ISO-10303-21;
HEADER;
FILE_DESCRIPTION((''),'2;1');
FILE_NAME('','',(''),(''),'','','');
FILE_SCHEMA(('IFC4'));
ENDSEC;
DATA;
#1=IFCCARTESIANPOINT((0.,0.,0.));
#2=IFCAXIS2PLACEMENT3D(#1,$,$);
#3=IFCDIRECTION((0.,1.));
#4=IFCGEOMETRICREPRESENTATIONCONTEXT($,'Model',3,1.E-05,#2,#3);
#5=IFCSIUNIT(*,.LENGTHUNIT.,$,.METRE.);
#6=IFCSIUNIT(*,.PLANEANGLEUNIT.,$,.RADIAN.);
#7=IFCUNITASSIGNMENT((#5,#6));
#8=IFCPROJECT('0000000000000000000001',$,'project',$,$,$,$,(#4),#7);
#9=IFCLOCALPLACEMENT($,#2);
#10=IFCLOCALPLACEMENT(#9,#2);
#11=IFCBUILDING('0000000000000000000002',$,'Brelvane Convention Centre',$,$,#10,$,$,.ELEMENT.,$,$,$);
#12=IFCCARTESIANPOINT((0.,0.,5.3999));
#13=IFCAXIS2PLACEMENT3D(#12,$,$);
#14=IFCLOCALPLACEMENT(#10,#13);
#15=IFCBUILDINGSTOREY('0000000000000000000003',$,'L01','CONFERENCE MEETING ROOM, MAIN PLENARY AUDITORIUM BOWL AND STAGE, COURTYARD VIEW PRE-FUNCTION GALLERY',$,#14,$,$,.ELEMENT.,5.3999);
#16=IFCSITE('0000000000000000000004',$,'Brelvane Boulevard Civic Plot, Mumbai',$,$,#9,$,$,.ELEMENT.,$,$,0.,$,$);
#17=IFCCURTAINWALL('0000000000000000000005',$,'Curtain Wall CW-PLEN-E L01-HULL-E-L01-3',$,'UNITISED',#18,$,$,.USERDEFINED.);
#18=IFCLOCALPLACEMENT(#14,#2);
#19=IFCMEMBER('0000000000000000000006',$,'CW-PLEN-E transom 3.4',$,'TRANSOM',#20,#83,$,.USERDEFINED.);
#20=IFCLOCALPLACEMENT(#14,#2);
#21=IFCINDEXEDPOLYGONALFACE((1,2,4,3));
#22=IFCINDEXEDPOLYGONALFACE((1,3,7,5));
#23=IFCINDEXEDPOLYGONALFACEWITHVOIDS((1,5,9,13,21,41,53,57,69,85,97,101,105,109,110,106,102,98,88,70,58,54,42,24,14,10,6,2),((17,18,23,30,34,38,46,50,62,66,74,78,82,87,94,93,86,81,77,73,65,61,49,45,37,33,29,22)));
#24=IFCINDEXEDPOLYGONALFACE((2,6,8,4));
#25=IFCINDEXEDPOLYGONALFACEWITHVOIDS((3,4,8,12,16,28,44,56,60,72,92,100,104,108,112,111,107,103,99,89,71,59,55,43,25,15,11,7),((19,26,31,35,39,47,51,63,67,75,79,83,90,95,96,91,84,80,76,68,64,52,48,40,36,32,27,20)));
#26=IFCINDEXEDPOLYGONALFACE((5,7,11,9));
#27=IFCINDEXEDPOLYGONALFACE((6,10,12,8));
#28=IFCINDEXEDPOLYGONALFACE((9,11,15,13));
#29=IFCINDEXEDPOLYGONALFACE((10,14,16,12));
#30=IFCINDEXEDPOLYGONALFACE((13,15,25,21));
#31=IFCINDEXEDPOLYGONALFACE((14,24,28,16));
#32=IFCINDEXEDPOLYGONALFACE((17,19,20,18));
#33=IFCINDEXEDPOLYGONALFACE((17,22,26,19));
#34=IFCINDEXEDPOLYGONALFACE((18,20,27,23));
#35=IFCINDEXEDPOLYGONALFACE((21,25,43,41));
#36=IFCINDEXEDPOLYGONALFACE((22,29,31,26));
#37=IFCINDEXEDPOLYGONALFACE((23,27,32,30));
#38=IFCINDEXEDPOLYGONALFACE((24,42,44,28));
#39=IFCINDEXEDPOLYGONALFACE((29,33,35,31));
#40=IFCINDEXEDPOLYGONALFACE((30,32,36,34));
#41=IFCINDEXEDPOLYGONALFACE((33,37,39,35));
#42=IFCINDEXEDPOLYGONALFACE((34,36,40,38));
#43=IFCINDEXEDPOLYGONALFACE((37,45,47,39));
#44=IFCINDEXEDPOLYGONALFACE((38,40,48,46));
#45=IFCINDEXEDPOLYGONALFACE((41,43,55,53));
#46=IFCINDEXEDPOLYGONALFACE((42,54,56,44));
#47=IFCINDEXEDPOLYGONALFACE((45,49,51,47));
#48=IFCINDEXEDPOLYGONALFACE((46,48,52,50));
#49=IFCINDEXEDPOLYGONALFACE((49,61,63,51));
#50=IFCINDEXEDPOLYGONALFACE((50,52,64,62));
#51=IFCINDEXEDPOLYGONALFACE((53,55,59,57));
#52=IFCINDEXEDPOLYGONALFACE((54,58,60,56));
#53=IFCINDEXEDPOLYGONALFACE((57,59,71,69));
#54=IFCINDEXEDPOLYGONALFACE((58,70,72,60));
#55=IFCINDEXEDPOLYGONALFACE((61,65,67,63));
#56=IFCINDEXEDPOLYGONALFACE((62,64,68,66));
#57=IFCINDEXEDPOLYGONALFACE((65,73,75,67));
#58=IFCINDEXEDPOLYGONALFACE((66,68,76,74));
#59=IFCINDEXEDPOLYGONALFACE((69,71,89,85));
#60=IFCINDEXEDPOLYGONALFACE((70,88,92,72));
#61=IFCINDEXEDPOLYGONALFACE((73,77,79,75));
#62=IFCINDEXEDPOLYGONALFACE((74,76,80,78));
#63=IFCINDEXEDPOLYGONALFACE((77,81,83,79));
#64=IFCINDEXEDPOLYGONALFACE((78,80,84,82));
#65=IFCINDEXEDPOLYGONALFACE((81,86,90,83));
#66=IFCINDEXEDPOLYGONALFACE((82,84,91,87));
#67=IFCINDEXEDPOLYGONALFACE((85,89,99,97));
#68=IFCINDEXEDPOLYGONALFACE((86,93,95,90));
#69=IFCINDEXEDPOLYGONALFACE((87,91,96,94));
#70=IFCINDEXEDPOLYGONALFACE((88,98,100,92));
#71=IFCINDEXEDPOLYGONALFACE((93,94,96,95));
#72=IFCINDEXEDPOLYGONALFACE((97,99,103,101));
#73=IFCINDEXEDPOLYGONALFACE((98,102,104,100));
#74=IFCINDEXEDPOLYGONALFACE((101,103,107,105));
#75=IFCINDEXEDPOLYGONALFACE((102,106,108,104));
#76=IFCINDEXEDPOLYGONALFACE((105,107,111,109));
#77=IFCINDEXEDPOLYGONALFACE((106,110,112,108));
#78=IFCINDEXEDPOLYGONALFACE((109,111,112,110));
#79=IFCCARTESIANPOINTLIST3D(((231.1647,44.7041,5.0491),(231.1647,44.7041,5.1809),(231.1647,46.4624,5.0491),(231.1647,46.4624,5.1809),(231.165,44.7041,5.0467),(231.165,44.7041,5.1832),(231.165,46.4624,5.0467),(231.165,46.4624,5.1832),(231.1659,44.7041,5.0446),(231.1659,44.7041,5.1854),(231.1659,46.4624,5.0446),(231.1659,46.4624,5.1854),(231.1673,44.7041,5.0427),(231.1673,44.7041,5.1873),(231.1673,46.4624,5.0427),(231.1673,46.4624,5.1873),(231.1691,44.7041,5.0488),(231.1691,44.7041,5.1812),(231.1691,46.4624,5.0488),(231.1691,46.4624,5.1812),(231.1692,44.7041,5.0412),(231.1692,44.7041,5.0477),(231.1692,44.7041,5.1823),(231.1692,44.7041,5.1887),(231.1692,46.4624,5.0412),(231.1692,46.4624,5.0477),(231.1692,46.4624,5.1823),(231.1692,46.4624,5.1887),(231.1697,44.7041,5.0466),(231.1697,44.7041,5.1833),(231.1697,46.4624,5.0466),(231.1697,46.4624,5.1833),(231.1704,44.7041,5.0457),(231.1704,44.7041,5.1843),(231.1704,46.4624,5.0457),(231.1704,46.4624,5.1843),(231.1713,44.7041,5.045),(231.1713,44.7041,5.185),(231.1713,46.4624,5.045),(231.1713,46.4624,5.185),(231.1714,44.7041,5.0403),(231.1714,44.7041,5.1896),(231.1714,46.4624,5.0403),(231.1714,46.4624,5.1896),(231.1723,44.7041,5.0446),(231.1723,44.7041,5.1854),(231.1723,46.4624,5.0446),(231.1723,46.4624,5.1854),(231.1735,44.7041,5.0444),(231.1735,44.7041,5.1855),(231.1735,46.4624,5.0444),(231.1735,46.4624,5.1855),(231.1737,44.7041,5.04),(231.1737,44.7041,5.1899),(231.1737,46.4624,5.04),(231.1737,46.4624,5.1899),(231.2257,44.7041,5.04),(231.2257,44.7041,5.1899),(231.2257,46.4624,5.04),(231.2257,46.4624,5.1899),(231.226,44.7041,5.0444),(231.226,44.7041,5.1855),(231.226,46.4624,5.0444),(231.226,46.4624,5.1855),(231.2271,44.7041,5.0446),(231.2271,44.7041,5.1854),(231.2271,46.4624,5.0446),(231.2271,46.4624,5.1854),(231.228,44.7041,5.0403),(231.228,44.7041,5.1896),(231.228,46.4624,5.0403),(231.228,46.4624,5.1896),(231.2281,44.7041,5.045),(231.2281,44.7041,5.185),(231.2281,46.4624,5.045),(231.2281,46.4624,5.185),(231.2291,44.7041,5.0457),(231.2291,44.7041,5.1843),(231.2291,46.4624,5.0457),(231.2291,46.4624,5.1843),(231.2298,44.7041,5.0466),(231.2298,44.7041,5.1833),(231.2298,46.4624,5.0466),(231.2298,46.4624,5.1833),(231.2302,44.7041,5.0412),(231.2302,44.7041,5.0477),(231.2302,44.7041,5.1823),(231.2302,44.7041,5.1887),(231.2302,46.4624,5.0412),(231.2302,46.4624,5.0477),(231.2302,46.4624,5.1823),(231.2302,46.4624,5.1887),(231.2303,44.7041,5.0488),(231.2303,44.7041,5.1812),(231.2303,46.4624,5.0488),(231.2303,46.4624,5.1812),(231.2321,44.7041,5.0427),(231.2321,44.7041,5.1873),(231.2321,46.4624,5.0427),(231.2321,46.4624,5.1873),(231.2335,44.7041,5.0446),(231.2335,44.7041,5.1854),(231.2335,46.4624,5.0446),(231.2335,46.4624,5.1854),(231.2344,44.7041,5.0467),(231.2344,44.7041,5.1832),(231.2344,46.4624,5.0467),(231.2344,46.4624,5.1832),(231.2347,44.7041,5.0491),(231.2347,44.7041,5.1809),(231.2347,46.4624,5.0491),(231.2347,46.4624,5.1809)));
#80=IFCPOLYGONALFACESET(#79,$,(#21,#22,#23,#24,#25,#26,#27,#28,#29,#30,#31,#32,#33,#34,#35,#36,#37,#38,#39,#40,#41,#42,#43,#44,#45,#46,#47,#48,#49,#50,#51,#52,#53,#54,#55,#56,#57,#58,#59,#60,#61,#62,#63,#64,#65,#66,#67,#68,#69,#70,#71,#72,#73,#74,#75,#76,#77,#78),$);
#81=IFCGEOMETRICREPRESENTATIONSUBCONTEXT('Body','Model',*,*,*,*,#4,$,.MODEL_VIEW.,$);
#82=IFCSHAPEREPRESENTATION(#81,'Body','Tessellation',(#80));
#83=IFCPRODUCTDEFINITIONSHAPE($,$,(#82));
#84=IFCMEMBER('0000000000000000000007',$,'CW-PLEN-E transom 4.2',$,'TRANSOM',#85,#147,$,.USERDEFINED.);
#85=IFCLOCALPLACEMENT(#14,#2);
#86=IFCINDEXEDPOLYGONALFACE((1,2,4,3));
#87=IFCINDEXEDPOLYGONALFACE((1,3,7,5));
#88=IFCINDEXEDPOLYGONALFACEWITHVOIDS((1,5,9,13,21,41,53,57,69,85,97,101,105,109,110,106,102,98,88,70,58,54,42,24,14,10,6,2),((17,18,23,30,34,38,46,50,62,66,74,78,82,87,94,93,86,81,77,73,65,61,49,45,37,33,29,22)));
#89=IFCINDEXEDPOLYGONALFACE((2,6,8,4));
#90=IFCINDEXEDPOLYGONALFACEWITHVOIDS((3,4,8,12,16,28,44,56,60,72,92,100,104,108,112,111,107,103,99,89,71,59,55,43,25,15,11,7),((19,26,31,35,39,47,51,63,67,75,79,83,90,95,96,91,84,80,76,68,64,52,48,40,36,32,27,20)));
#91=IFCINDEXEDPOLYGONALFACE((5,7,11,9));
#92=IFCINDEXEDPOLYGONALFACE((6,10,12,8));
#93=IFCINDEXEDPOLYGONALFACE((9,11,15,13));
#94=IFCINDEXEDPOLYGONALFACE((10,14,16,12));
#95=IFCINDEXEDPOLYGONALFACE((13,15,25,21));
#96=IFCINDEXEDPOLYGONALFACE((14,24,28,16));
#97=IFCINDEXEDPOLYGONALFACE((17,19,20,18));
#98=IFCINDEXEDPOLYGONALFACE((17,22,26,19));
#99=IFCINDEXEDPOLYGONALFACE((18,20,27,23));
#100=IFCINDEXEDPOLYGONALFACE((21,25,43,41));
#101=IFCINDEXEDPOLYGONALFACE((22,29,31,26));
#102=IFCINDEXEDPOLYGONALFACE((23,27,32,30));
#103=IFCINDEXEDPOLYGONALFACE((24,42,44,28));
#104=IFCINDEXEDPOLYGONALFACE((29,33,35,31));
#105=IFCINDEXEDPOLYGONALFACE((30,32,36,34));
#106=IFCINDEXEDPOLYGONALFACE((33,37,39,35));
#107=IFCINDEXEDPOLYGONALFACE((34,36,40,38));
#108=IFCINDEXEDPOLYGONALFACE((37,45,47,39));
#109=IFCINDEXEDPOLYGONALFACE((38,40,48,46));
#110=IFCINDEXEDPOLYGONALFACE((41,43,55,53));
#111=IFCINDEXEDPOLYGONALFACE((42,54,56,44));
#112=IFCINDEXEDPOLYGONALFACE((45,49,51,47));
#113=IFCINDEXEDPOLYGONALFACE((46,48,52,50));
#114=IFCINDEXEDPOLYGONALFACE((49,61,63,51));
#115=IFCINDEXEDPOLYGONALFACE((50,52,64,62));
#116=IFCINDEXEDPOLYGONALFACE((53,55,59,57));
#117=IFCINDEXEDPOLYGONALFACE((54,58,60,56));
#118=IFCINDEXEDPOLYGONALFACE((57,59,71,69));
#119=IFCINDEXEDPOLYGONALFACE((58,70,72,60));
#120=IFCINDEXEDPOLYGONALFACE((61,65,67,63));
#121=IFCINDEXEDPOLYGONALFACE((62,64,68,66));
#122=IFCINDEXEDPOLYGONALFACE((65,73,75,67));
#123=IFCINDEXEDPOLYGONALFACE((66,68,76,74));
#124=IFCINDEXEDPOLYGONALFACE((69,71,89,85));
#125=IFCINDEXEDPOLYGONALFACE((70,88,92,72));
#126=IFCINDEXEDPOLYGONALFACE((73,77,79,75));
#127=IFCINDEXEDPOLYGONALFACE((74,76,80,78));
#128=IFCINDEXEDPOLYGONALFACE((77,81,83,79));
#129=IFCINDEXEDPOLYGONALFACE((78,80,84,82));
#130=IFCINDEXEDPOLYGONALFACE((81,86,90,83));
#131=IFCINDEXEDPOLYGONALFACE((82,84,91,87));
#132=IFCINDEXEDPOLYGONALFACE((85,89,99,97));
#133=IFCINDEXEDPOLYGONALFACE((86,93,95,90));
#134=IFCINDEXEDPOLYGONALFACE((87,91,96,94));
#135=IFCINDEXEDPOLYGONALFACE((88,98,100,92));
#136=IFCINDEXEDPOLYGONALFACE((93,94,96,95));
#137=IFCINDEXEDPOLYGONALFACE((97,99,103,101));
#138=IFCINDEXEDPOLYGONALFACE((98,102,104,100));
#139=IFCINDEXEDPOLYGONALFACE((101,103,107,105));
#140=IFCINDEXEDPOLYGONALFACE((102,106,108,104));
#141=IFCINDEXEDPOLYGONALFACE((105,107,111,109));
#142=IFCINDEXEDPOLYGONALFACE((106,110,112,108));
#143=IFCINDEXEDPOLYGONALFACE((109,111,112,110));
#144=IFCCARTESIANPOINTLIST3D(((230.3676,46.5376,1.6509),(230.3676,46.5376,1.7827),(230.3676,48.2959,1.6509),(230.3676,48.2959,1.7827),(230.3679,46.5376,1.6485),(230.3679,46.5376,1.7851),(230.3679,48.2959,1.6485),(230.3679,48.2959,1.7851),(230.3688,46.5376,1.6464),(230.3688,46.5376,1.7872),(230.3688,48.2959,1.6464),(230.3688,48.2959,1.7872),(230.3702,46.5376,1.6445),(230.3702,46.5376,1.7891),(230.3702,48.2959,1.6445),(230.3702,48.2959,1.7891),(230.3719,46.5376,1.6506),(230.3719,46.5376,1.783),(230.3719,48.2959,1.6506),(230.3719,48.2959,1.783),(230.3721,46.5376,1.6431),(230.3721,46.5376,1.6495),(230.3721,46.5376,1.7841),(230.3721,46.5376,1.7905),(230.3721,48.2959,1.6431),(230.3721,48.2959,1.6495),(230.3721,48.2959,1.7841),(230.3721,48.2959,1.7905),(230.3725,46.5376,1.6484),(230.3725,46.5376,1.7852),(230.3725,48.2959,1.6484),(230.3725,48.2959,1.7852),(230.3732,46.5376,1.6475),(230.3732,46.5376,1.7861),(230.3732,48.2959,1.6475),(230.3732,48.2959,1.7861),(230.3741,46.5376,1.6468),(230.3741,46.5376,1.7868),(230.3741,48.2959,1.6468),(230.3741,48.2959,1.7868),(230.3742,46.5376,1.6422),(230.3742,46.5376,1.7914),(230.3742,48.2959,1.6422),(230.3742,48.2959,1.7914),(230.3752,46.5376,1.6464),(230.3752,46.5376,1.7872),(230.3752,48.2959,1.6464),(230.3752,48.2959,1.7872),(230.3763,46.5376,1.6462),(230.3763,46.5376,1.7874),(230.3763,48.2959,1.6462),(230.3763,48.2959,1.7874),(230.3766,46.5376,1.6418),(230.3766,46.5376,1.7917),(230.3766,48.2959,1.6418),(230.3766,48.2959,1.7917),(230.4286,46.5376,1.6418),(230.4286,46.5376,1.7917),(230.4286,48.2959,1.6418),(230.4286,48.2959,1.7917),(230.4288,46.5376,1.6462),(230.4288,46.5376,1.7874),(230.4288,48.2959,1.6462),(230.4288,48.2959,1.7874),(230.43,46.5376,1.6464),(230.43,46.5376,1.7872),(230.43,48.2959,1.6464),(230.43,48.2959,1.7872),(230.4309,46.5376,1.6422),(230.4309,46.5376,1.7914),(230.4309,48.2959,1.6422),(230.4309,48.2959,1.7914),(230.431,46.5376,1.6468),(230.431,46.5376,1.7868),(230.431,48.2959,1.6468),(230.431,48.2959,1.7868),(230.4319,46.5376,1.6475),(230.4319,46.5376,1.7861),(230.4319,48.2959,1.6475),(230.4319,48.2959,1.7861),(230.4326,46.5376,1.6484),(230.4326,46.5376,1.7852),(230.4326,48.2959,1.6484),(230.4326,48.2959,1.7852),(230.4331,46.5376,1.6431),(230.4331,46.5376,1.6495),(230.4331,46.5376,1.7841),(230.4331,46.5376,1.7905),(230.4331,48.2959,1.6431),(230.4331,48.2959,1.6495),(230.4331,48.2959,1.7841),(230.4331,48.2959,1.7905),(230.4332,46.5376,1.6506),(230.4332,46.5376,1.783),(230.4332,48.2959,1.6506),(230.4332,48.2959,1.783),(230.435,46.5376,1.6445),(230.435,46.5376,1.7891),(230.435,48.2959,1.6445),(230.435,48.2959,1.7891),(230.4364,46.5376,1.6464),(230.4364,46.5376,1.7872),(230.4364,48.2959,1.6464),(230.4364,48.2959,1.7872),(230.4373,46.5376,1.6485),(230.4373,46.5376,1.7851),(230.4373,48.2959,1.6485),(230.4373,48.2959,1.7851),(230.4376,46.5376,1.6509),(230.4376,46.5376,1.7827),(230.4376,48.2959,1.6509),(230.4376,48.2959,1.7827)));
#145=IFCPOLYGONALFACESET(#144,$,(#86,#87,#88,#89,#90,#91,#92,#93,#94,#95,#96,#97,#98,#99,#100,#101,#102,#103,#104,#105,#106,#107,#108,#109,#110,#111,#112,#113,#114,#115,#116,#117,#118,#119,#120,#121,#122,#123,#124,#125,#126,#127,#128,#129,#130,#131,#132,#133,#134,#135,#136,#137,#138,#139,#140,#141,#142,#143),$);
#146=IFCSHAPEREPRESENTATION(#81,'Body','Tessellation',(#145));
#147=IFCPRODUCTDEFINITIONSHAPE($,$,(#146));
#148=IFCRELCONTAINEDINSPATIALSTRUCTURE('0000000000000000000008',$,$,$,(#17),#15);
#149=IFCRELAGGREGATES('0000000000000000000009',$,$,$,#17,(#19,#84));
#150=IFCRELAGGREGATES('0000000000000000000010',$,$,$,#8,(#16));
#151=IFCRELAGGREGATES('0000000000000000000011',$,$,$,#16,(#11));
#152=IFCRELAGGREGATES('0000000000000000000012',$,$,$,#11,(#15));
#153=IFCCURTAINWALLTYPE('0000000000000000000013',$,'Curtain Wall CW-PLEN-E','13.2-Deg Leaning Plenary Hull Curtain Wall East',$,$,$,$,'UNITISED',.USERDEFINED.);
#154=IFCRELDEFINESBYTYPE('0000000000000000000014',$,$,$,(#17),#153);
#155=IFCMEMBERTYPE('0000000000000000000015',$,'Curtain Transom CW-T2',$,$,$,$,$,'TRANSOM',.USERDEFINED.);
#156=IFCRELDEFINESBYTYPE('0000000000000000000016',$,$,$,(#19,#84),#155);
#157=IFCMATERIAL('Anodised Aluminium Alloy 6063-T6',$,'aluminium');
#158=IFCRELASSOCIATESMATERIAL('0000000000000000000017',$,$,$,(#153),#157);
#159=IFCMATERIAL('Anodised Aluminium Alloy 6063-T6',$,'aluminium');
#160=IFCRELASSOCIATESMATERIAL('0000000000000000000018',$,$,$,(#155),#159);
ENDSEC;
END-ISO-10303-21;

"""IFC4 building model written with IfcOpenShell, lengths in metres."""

from ifc_helpers import new_model, si_unit, direction, frame, origin, origin_2d, place, context, subcontext, project, spatial, hollow_rectangle, extrude, material, material_profile, profile_set, type_object, element, aggregate, save


model = new_model("IFC4")

# Units and contexts
model_context = context("Model", 3, precision=1e-05, world=origin(), true_north=direction((0.0, 1.0)))
body_context = subcontext(model_context, "Body", "Model", "MODEL_VIEW")
ifc_project = project(units=[si_unit("LENGTHUNIT", "METRE"), si_unit("PLANEANGLEUNIT", "RADIAN")], contexts=[model_context])

# Site, building, storey
site_placement = place(None, origin())
site = spatial("IfcSite", under=ifc_project, at=site_placement, Name="Brelvane Boulevard Civic Plot, Mumbai", CompositionType="ELEMENT", RefElevation=0.0)
building_placement = place(site_placement, origin())
building = spatial("IfcBuilding", under=site, at=building_placement, Name="Brelvane Convention Centre", CompositionType="ELEMENT")
storey_placement = place(building_placement, frame((0.0, 0.0, 5.3999)))
storey = spatial("IfcBuildingStorey", under=building, at=storey_placement, Name="L01", Description="CONFERENCE MEETING ROOM, MAIN PLENARY AUDITORIUM BOWL AND STAGE, COURTYARD VIEW PRE-FUNCTION GALLERY", CompositionType="ELEMENT", Elevation=5.3999)

# Curtain wall, members
ifc_material_1 = material(Name="Anodised Aluminium Alloy 6063-T6", Category="aluminium")
curtain_wall_type = type_object("IfcCurtainWallType", Name="Curtain Wall CW-PLEN-E", Description="13.2-Deg Leaning Plenary Hull Curtain Wall East", ElementType="UNITISED", PredefinedType="USERDEFINED", material=ifc_material_1)
curtain_wall_placement = place(storey_placement, origin())
curtain_wall = element("IfcCurtainWall", 1, at=curtain_wall_placement, inside=storey, type_object=curtain_wall_type, Name="Curtain Wall CW-PLEN-E L01-HULL-E-L01-3", ObjectType="UNITISED", PredefinedType="USERDEFINED")
ifc_material_2 = material(Name="Anodised Aluminium Alloy 6063-T6", Category="aluminium")
ifc_material_profile = material_profile(ifc_material_2, hollow_rectangle(XDim=0.0701, YDim=0.1499, WallThickness=0.0044, InnerFilletRadius=0.0044, OuterFilletRadius=0.009, at=origin_2d()), Name="ALU-T 150x70x4.5")
ifc_profile_set = profile_set([ifc_material_profile], Name="Anodised Aluminium Alloy 6063-T6")
member_type = type_object("IfcMemberType", Name="Curtain Transom CW-T2", ElementType="TRANSOM", PredefinedType="USERDEFINED", material=ifc_profile_set)
member_1_placement = place(storey_placement, frame((231.1997, 44.7041, 5.115), z_axis=(0.0, 1.0, 0.0), x_axis=(-1.0, 0.0, 0.0)))
member_1 = element("IfcMember", 2, at=member_1_placement, type_object=member_type, Name="CW-PLEN-E transom 3.4", ObjectType="TRANSOM", PredefinedType="USERDEFINED", context=body_context, shape_type="SweptSolid", body=[
    extrude(hollow_rectangle(XDim=0.0701, YDim=0.1499, WallThickness=0.0044, InnerFilletRadius=0.0044, OuterFilletRadius=0.009, at=origin_2d()), origin(), (0.0, 0.0, 1.0), 1.7583),
])
member_2_placement = place(storey_placement, frame((230.4026, 46.5376, 1.7168), z_axis=(0.0, 1.0, 0.0), x_axis=(-1.0, 0.0, 0.0)))
member_2 = element("IfcMember", 3, at=member_2_placement, type_object=member_type, Name="CW-PLEN-E transom 4.2", ObjectType="TRANSOM", PredefinedType="USERDEFINED", context=body_context, shape_type="SweptSolid", body=[
    extrude(hollow_rectangle(XDim=0.0701, YDim=0.1499, WallThickness=0.0044, InnerFilletRadius=0.0044, OuterFilletRadius=0.009, at=origin_2d()), origin(), (0.0, 0.0, 1.0), 1.7583),
])
aggregate(curtain_wall, [member_1, member_2])

save(model, "model.ifc")
